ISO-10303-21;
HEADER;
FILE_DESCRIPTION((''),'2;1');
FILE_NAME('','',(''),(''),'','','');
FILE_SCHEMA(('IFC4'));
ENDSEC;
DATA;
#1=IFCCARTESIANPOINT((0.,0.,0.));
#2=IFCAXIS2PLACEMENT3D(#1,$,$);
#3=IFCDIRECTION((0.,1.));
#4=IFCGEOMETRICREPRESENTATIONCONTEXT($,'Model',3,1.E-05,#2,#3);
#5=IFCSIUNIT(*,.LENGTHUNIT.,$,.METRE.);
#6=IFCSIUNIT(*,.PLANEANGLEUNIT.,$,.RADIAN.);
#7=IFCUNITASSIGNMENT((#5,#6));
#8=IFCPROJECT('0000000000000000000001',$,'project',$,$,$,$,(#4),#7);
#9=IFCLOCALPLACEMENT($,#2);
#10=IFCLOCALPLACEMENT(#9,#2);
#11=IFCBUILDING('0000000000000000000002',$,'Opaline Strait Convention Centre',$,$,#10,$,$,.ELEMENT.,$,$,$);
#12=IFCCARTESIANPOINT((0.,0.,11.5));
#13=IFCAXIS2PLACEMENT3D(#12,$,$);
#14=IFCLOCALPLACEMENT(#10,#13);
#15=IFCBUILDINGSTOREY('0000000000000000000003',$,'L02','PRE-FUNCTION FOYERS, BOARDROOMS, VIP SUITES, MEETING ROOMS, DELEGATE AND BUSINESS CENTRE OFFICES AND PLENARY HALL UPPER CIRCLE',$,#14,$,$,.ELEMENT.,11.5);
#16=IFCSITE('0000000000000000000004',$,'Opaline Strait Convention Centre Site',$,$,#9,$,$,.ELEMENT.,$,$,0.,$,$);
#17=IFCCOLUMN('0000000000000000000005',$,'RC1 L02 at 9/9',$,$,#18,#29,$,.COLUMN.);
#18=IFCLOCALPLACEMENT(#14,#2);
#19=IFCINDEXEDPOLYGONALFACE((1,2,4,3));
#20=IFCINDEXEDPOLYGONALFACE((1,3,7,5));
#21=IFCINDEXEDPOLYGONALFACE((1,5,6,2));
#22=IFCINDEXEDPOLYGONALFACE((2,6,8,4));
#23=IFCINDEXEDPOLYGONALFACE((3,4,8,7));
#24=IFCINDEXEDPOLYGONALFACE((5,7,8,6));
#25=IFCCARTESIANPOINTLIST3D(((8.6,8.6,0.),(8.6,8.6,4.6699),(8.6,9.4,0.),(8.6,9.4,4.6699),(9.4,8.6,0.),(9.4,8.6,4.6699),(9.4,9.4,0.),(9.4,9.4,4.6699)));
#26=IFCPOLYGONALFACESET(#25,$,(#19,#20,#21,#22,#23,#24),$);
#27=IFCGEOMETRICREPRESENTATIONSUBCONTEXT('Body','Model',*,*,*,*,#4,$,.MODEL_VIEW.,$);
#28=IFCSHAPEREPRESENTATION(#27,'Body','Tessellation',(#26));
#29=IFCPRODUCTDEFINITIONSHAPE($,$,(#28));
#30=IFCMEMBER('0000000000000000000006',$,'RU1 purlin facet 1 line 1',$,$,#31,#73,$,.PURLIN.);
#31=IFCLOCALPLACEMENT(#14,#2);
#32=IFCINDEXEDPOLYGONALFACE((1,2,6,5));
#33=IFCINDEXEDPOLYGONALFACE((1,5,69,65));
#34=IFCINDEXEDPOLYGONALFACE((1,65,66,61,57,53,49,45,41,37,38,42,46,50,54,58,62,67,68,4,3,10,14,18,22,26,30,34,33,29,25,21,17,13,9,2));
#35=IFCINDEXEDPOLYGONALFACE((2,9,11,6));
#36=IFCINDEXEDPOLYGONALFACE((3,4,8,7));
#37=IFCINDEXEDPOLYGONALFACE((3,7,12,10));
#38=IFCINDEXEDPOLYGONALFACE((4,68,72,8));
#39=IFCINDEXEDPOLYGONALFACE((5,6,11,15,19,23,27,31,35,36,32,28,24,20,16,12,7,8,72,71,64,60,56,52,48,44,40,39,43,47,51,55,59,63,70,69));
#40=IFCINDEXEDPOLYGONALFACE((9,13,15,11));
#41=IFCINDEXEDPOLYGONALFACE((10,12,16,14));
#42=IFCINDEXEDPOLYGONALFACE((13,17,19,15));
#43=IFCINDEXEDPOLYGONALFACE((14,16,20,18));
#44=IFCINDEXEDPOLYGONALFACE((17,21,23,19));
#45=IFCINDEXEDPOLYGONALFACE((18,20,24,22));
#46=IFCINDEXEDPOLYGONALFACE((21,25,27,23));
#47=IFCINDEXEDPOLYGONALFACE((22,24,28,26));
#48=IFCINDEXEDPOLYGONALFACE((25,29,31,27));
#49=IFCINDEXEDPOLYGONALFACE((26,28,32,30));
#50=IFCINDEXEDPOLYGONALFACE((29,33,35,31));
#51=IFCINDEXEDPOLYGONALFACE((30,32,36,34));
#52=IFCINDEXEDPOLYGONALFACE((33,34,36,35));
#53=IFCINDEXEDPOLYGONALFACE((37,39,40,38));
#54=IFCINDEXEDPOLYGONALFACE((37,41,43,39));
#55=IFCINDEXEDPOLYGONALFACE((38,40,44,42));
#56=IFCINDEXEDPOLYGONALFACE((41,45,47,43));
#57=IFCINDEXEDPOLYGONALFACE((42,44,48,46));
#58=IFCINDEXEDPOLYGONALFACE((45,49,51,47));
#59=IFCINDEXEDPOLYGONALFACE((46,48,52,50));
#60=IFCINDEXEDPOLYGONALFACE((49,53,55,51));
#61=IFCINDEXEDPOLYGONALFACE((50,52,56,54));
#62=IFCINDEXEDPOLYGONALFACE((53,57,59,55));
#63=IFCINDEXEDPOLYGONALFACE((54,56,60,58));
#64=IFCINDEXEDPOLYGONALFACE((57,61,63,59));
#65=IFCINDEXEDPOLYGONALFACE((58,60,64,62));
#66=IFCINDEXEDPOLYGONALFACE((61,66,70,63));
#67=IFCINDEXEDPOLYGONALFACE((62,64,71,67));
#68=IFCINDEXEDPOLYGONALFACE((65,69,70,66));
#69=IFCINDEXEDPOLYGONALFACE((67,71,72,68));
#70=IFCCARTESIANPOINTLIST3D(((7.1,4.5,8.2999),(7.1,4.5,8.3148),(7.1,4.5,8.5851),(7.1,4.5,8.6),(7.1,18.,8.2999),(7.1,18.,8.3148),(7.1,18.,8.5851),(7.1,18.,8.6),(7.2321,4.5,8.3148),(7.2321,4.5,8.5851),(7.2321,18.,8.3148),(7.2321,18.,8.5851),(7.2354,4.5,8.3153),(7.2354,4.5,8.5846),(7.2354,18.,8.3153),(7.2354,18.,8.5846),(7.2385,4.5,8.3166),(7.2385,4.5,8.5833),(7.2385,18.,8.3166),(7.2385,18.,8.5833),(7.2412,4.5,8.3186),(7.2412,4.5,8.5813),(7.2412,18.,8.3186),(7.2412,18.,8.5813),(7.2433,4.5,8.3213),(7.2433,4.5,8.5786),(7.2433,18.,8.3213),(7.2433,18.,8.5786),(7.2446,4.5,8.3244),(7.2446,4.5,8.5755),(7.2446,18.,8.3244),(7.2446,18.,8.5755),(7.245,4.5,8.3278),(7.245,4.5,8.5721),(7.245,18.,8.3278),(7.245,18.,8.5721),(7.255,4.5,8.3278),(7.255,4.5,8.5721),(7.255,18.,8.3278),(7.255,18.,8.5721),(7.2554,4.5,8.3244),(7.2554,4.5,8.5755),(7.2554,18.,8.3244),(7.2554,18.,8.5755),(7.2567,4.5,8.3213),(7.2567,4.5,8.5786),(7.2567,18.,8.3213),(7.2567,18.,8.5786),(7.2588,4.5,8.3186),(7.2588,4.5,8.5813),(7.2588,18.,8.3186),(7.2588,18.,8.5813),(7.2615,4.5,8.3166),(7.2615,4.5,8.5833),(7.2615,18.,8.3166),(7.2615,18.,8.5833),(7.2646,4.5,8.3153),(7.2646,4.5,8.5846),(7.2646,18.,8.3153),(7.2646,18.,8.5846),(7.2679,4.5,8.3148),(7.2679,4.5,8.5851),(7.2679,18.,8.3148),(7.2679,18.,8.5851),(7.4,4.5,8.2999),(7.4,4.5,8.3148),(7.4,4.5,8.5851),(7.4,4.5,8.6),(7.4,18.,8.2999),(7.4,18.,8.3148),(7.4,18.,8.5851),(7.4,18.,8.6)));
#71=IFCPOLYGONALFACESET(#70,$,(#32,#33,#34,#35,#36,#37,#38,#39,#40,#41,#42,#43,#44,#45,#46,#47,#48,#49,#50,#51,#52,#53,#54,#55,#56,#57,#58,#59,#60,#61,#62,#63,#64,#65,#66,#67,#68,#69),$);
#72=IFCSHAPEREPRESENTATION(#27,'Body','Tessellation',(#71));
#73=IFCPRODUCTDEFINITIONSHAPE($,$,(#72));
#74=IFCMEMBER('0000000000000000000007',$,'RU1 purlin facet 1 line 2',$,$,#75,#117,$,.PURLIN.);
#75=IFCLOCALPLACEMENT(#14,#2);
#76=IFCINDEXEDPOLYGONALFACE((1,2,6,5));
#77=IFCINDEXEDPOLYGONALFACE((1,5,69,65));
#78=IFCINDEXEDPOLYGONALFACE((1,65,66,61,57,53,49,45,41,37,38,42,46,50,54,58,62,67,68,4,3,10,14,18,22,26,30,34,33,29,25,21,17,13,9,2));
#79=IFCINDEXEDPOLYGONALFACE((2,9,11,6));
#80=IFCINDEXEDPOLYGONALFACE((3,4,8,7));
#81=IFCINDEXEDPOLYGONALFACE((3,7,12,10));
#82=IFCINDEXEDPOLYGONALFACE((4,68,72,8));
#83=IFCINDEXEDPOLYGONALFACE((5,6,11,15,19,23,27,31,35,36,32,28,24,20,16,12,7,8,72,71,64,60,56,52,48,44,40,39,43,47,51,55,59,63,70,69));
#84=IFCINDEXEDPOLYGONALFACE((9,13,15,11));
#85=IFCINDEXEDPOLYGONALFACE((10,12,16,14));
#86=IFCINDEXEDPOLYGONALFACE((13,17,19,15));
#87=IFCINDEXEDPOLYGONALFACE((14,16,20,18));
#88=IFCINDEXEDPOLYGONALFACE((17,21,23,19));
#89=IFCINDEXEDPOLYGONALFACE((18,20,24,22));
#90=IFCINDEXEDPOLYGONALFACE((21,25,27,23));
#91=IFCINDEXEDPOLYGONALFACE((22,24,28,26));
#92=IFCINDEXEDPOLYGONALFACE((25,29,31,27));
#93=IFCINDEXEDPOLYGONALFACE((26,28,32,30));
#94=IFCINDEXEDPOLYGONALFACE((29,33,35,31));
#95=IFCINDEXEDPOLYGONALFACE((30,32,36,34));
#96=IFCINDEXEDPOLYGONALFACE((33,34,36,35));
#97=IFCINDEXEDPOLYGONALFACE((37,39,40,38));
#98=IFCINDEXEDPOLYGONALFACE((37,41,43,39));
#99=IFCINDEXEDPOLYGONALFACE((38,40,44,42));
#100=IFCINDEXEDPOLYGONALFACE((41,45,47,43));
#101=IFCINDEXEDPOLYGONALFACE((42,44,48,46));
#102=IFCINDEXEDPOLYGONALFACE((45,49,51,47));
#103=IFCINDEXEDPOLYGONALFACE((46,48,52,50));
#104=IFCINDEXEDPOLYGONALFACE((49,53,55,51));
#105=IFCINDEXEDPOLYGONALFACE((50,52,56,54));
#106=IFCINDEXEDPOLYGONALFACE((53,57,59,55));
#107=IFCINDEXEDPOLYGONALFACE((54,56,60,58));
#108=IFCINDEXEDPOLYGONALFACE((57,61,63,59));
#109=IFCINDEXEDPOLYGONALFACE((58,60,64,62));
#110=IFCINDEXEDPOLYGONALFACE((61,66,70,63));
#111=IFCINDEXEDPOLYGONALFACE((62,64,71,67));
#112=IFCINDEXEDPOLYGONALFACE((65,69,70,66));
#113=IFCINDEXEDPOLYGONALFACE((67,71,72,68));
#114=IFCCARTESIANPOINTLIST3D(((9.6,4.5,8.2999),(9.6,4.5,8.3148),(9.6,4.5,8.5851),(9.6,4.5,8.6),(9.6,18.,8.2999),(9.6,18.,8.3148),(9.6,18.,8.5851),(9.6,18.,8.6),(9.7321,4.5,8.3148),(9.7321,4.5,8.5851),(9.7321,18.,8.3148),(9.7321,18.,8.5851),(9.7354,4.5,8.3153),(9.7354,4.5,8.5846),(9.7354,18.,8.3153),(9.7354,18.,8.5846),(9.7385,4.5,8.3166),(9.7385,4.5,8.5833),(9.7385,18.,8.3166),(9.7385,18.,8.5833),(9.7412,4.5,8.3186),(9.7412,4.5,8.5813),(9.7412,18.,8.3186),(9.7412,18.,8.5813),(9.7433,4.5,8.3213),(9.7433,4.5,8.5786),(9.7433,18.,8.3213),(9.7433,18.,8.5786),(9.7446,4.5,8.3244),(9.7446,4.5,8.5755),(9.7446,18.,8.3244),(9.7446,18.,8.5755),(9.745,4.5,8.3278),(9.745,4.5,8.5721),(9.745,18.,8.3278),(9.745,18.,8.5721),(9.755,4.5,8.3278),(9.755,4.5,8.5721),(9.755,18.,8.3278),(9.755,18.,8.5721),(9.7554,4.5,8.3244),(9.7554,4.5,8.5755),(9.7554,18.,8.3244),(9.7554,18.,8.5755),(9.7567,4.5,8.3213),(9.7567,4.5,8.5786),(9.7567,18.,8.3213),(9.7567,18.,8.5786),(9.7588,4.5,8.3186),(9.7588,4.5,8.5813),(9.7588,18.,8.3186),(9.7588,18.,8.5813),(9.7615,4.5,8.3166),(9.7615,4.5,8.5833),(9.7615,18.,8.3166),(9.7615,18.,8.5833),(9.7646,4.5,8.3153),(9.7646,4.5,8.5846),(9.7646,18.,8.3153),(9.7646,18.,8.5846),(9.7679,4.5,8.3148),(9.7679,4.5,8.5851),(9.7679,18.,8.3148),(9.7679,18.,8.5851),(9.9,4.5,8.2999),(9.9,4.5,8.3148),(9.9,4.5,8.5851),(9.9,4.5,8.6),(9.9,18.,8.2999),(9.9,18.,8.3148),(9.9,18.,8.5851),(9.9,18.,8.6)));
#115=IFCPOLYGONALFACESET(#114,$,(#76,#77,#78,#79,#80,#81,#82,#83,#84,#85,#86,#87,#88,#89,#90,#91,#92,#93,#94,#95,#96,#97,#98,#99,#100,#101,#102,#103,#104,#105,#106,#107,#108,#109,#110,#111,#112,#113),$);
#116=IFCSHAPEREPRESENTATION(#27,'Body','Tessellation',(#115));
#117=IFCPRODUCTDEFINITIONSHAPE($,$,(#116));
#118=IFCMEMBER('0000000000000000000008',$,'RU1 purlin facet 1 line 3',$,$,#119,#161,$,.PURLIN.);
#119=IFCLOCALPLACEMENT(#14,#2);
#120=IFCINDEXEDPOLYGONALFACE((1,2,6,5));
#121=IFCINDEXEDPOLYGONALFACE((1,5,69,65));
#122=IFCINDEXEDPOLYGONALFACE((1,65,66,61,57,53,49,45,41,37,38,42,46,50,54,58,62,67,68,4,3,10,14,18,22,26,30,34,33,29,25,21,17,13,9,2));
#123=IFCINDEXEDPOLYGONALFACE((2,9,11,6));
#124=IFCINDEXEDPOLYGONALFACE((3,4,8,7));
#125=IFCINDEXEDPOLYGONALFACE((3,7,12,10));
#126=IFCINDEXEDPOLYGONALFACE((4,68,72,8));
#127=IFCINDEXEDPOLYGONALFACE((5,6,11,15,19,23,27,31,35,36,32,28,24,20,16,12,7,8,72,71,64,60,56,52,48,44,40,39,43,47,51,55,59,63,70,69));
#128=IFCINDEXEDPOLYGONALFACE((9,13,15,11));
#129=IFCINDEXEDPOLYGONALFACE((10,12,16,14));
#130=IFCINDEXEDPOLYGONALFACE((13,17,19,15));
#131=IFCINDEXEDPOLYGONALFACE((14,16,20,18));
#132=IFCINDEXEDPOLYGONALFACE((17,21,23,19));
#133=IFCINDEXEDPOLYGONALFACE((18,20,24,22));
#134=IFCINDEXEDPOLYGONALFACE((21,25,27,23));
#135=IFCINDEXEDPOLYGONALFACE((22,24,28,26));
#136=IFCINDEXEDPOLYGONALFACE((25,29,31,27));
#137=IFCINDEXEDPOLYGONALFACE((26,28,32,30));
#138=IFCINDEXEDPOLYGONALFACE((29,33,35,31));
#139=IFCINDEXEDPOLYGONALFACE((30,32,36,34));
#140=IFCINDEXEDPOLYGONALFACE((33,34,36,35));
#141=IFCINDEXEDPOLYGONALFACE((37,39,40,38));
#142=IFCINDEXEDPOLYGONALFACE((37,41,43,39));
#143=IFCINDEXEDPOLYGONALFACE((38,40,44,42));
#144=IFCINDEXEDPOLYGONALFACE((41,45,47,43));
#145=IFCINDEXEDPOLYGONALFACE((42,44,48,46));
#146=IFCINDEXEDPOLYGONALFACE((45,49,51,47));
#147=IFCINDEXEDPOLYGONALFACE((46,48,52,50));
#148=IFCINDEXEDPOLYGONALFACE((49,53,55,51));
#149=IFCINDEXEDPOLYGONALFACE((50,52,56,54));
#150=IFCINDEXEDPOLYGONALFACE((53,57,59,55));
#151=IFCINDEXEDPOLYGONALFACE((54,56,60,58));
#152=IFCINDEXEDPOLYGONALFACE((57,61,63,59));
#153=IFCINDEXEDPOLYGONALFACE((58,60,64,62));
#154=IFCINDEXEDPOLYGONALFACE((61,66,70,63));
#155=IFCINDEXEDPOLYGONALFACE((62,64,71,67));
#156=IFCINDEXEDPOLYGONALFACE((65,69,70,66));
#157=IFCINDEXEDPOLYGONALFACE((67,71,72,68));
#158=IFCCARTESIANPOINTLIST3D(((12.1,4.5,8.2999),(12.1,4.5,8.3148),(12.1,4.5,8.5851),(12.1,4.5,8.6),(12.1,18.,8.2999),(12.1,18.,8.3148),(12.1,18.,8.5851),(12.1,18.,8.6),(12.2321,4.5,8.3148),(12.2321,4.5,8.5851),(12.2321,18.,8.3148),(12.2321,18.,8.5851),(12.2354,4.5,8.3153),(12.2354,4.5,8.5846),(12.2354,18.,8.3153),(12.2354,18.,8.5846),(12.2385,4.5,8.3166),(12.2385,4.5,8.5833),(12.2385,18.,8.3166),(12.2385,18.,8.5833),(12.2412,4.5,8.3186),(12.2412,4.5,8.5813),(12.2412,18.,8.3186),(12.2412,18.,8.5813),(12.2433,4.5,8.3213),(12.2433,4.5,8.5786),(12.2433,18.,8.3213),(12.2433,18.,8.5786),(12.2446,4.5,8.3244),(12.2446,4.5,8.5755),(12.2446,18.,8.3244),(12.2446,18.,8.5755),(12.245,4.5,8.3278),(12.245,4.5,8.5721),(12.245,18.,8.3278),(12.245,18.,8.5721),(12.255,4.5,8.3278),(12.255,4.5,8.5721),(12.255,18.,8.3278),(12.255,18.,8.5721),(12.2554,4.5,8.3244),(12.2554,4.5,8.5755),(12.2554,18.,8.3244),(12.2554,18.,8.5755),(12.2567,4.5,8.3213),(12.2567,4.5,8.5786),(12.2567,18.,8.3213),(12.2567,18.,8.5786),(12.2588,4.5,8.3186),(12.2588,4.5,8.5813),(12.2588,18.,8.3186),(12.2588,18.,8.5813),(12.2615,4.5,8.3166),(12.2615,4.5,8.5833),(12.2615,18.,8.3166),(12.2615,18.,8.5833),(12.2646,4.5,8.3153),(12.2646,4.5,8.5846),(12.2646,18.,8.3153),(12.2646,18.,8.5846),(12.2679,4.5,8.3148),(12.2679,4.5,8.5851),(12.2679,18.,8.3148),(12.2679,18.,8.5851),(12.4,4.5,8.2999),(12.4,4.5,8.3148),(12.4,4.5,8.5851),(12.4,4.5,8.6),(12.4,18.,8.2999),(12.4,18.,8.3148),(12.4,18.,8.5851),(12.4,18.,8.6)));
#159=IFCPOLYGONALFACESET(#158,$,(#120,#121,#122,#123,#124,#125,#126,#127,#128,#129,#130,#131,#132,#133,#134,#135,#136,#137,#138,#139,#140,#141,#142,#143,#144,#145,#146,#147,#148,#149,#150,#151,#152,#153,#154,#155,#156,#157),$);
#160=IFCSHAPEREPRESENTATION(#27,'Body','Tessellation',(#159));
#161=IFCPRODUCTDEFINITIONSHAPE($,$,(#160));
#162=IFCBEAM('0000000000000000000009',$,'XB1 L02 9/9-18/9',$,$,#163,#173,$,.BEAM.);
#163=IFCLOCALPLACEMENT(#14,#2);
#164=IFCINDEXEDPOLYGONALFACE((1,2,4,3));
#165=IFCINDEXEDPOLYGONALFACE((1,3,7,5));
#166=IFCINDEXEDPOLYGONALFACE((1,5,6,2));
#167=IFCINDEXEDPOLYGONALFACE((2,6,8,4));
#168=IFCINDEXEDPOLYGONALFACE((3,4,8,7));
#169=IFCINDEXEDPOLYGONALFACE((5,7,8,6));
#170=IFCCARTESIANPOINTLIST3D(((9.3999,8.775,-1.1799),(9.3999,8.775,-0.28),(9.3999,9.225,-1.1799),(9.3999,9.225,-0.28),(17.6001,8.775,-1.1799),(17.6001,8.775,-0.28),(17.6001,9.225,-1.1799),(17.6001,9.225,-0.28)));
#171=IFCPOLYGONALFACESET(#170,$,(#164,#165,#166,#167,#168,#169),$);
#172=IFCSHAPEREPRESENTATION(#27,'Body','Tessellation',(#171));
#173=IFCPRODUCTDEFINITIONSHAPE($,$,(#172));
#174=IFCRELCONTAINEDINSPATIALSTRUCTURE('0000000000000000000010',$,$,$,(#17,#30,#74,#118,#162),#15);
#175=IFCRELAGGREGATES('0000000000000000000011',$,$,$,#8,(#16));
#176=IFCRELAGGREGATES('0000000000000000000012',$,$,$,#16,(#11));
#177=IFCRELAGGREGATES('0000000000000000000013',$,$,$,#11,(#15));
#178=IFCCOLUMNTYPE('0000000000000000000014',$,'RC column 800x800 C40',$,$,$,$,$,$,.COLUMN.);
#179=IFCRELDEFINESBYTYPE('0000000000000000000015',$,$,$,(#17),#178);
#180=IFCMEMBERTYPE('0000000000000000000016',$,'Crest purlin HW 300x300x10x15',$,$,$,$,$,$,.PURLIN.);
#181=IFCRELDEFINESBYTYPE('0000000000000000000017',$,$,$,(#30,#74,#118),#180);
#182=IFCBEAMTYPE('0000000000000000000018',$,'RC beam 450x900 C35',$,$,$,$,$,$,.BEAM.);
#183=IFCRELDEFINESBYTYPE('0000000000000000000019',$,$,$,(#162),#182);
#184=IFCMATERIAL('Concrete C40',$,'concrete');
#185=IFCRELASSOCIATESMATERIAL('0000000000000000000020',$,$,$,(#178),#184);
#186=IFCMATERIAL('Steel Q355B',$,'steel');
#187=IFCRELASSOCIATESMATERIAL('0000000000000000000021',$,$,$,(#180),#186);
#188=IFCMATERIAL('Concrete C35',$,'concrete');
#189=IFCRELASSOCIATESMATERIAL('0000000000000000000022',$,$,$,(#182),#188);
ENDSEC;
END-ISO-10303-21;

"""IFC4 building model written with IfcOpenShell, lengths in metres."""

from ifc_helpers import new_model, si_unit, direction, frame, origin, origin_2d, place, context, subcontext, project, spatial, rectangle, i_section, extrude, material, material_profile, profile_set, type_object, element, save


model = new_model("IFC4")

# Units and contexts
model_context = context("Model", 3, precision=1e-05, world=origin(), true_north=direction((0.0, 1.0)))
body_context = subcontext(model_context, "Body", "Model", "MODEL_VIEW")
ifc_project = project(units=[si_unit("LENGTHUNIT", "METRE"), si_unit("PLANEANGLEUNIT", "RADIAN")], contexts=[model_context])

# Site, building, storey
site_placement = place(None, origin())
site = spatial("IfcSite", under=ifc_project, at=site_placement, Name="Opaline Strait Convention Centre Site", CompositionType="ELEMENT", RefElevation=0.0)
building_placement = place(site_placement, origin())
building = spatial("IfcBuilding", under=site, at=building_placement, Name="Opaline Strait Convention Centre", CompositionType="ELEMENT")
storey_placement = place(building_placement, frame((0.0, 0.0, 11.5)))
storey = spatial("IfcBuildingStorey", under=building, at=storey_placement, Name="L02", Description="PRE-FUNCTION FOYERS, BOARDROOMS, VIP SUITES, MEETING ROOMS, DELEGATE AND BUSINESS CENTRE OFFICES AND PLENARY HALL UPPER CIRCLE", CompositionType="ELEMENT", Elevation=11.5)

# Column
ifc_material_1 = material(Name="Concrete C40", Category="concrete")
ifc_material_profile_1 = material_profile(ifc_material_1, rectangle(XDim=0.8, YDim=0.8, at=origin_2d()), Name="RC 800x800")
ifc_profile_set_1 = profile_set([ifc_material_profile_1], Name="Concrete C40")
column_type = type_object("IfcColumnType", Name="RC column 800x800 C40", PredefinedType="COLUMN", material=ifc_profile_set_1)
column_placement = place(storey_placement, frame((9.0, 9.0, 0.0), z_axis=(0.0, 0.0, 1.0), x_axis=(1.0, 0.0, 0.0)))
element("IfcColumn", 1, at=column_placement, inside=storey, type_object=column_type, Name="RC1 L02 at 9/9", PredefinedType="COLUMN", context=body_context, shape_type="SweptSolid", body=[
    extrude(rectangle(XDim=0.8, YDim=0.8, at=origin_2d()), origin(), (0.0, 0.0, 1.0), 4.6699),
])

# Members
ifc_material_2 = material(Name="Steel Q355B", Category="steel")
ifc_material_profile_2 = material_profile(ifc_material_2, i_section(OverallWidth=0.3, OverallDepth=0.3, WebThickness=0.01, FlangeThickness=0.0149, FilletRadius=0.0129, at=origin_2d()), Name="HW 300x300x10x15")
ifc_profile_set_2 = profile_set([ifc_material_profile_2], Name="Steel Q355B")
member_type_1 = type_object("IfcMemberType", Name="Crest purlin HW 300x300x10x15", PredefinedType="PURLIN", material=ifc_profile_set_2)
for number, where, z_axis, x_axis, name in (
    (2, (7.25, 4.5, 8.45), (0.0, 1.0, 0.0), (-1.0, 0.0, 0.0), "RU1 purlin facet 1 line 1"),
    (3, (9.75, 4.5, 8.45), (0.0, 1.0, 0.0), (-1.0, 0.0, 0.0), "RU1 purlin facet 1 line 2"),
    (4, (12.25, 4.5, 8.45), (0.0, 1.0, 0.0), (-1.0, 0.0, 0.0), "RU1 purlin facet 1 line 3"),
):
    element("IfcMember", number, at=place(storey_placement, frame(where, z_axis=z_axis, x_axis=x_axis)), inside=storey, type_object=member_type_1, Name=name, PredefinedType="PURLIN", context=body_context, shape_type="SweptSolid", body=[
        extrude(i_section(OverallWidth=0.3, OverallDepth=0.3, WebThickness=0.01, FlangeThickness=0.0149, FilletRadius=0.0129, at=origin_2d()), origin(), (0.0, 0.0, 1.0), 13.5),
    ])

# Beam
ifc_material_3 = material(Name="Concrete C35", Category="concrete")
ifc_material_profile_3 = material_profile(ifc_material_3, rectangle(XDim=0.45, YDim=0.8999, at=origin_2d()), Name="RC 450x900")
ifc_profile_set_3 = profile_set([ifc_material_profile_3], Name="Concrete C35")
beam_type = type_object("IfcBeamType", Name="RC beam 450x900 C35", PredefinedType="BEAM", material=ifc_profile_set_3)
beam_placement = place(storey_placement, frame((9.3999, 9.0, -0.73), z_axis=(1.0, 0.0, 0.0), x_axis=(0.0, 1.0, 0.0)))
element("IfcBeam", 5, at=beam_placement, inside=storey, type_object=beam_type, Name="XB1 L02 9/9-18/9", PredefinedType="BEAM", context=body_context, shape_type="SweptSolid", body=[
    extrude(rectangle(XDim=0.45, YDim=0.8999, at=origin_2d()), origin(), (0.0, 0.0, 1.0), 8.2002),
])

save(model, "model.ifc")
